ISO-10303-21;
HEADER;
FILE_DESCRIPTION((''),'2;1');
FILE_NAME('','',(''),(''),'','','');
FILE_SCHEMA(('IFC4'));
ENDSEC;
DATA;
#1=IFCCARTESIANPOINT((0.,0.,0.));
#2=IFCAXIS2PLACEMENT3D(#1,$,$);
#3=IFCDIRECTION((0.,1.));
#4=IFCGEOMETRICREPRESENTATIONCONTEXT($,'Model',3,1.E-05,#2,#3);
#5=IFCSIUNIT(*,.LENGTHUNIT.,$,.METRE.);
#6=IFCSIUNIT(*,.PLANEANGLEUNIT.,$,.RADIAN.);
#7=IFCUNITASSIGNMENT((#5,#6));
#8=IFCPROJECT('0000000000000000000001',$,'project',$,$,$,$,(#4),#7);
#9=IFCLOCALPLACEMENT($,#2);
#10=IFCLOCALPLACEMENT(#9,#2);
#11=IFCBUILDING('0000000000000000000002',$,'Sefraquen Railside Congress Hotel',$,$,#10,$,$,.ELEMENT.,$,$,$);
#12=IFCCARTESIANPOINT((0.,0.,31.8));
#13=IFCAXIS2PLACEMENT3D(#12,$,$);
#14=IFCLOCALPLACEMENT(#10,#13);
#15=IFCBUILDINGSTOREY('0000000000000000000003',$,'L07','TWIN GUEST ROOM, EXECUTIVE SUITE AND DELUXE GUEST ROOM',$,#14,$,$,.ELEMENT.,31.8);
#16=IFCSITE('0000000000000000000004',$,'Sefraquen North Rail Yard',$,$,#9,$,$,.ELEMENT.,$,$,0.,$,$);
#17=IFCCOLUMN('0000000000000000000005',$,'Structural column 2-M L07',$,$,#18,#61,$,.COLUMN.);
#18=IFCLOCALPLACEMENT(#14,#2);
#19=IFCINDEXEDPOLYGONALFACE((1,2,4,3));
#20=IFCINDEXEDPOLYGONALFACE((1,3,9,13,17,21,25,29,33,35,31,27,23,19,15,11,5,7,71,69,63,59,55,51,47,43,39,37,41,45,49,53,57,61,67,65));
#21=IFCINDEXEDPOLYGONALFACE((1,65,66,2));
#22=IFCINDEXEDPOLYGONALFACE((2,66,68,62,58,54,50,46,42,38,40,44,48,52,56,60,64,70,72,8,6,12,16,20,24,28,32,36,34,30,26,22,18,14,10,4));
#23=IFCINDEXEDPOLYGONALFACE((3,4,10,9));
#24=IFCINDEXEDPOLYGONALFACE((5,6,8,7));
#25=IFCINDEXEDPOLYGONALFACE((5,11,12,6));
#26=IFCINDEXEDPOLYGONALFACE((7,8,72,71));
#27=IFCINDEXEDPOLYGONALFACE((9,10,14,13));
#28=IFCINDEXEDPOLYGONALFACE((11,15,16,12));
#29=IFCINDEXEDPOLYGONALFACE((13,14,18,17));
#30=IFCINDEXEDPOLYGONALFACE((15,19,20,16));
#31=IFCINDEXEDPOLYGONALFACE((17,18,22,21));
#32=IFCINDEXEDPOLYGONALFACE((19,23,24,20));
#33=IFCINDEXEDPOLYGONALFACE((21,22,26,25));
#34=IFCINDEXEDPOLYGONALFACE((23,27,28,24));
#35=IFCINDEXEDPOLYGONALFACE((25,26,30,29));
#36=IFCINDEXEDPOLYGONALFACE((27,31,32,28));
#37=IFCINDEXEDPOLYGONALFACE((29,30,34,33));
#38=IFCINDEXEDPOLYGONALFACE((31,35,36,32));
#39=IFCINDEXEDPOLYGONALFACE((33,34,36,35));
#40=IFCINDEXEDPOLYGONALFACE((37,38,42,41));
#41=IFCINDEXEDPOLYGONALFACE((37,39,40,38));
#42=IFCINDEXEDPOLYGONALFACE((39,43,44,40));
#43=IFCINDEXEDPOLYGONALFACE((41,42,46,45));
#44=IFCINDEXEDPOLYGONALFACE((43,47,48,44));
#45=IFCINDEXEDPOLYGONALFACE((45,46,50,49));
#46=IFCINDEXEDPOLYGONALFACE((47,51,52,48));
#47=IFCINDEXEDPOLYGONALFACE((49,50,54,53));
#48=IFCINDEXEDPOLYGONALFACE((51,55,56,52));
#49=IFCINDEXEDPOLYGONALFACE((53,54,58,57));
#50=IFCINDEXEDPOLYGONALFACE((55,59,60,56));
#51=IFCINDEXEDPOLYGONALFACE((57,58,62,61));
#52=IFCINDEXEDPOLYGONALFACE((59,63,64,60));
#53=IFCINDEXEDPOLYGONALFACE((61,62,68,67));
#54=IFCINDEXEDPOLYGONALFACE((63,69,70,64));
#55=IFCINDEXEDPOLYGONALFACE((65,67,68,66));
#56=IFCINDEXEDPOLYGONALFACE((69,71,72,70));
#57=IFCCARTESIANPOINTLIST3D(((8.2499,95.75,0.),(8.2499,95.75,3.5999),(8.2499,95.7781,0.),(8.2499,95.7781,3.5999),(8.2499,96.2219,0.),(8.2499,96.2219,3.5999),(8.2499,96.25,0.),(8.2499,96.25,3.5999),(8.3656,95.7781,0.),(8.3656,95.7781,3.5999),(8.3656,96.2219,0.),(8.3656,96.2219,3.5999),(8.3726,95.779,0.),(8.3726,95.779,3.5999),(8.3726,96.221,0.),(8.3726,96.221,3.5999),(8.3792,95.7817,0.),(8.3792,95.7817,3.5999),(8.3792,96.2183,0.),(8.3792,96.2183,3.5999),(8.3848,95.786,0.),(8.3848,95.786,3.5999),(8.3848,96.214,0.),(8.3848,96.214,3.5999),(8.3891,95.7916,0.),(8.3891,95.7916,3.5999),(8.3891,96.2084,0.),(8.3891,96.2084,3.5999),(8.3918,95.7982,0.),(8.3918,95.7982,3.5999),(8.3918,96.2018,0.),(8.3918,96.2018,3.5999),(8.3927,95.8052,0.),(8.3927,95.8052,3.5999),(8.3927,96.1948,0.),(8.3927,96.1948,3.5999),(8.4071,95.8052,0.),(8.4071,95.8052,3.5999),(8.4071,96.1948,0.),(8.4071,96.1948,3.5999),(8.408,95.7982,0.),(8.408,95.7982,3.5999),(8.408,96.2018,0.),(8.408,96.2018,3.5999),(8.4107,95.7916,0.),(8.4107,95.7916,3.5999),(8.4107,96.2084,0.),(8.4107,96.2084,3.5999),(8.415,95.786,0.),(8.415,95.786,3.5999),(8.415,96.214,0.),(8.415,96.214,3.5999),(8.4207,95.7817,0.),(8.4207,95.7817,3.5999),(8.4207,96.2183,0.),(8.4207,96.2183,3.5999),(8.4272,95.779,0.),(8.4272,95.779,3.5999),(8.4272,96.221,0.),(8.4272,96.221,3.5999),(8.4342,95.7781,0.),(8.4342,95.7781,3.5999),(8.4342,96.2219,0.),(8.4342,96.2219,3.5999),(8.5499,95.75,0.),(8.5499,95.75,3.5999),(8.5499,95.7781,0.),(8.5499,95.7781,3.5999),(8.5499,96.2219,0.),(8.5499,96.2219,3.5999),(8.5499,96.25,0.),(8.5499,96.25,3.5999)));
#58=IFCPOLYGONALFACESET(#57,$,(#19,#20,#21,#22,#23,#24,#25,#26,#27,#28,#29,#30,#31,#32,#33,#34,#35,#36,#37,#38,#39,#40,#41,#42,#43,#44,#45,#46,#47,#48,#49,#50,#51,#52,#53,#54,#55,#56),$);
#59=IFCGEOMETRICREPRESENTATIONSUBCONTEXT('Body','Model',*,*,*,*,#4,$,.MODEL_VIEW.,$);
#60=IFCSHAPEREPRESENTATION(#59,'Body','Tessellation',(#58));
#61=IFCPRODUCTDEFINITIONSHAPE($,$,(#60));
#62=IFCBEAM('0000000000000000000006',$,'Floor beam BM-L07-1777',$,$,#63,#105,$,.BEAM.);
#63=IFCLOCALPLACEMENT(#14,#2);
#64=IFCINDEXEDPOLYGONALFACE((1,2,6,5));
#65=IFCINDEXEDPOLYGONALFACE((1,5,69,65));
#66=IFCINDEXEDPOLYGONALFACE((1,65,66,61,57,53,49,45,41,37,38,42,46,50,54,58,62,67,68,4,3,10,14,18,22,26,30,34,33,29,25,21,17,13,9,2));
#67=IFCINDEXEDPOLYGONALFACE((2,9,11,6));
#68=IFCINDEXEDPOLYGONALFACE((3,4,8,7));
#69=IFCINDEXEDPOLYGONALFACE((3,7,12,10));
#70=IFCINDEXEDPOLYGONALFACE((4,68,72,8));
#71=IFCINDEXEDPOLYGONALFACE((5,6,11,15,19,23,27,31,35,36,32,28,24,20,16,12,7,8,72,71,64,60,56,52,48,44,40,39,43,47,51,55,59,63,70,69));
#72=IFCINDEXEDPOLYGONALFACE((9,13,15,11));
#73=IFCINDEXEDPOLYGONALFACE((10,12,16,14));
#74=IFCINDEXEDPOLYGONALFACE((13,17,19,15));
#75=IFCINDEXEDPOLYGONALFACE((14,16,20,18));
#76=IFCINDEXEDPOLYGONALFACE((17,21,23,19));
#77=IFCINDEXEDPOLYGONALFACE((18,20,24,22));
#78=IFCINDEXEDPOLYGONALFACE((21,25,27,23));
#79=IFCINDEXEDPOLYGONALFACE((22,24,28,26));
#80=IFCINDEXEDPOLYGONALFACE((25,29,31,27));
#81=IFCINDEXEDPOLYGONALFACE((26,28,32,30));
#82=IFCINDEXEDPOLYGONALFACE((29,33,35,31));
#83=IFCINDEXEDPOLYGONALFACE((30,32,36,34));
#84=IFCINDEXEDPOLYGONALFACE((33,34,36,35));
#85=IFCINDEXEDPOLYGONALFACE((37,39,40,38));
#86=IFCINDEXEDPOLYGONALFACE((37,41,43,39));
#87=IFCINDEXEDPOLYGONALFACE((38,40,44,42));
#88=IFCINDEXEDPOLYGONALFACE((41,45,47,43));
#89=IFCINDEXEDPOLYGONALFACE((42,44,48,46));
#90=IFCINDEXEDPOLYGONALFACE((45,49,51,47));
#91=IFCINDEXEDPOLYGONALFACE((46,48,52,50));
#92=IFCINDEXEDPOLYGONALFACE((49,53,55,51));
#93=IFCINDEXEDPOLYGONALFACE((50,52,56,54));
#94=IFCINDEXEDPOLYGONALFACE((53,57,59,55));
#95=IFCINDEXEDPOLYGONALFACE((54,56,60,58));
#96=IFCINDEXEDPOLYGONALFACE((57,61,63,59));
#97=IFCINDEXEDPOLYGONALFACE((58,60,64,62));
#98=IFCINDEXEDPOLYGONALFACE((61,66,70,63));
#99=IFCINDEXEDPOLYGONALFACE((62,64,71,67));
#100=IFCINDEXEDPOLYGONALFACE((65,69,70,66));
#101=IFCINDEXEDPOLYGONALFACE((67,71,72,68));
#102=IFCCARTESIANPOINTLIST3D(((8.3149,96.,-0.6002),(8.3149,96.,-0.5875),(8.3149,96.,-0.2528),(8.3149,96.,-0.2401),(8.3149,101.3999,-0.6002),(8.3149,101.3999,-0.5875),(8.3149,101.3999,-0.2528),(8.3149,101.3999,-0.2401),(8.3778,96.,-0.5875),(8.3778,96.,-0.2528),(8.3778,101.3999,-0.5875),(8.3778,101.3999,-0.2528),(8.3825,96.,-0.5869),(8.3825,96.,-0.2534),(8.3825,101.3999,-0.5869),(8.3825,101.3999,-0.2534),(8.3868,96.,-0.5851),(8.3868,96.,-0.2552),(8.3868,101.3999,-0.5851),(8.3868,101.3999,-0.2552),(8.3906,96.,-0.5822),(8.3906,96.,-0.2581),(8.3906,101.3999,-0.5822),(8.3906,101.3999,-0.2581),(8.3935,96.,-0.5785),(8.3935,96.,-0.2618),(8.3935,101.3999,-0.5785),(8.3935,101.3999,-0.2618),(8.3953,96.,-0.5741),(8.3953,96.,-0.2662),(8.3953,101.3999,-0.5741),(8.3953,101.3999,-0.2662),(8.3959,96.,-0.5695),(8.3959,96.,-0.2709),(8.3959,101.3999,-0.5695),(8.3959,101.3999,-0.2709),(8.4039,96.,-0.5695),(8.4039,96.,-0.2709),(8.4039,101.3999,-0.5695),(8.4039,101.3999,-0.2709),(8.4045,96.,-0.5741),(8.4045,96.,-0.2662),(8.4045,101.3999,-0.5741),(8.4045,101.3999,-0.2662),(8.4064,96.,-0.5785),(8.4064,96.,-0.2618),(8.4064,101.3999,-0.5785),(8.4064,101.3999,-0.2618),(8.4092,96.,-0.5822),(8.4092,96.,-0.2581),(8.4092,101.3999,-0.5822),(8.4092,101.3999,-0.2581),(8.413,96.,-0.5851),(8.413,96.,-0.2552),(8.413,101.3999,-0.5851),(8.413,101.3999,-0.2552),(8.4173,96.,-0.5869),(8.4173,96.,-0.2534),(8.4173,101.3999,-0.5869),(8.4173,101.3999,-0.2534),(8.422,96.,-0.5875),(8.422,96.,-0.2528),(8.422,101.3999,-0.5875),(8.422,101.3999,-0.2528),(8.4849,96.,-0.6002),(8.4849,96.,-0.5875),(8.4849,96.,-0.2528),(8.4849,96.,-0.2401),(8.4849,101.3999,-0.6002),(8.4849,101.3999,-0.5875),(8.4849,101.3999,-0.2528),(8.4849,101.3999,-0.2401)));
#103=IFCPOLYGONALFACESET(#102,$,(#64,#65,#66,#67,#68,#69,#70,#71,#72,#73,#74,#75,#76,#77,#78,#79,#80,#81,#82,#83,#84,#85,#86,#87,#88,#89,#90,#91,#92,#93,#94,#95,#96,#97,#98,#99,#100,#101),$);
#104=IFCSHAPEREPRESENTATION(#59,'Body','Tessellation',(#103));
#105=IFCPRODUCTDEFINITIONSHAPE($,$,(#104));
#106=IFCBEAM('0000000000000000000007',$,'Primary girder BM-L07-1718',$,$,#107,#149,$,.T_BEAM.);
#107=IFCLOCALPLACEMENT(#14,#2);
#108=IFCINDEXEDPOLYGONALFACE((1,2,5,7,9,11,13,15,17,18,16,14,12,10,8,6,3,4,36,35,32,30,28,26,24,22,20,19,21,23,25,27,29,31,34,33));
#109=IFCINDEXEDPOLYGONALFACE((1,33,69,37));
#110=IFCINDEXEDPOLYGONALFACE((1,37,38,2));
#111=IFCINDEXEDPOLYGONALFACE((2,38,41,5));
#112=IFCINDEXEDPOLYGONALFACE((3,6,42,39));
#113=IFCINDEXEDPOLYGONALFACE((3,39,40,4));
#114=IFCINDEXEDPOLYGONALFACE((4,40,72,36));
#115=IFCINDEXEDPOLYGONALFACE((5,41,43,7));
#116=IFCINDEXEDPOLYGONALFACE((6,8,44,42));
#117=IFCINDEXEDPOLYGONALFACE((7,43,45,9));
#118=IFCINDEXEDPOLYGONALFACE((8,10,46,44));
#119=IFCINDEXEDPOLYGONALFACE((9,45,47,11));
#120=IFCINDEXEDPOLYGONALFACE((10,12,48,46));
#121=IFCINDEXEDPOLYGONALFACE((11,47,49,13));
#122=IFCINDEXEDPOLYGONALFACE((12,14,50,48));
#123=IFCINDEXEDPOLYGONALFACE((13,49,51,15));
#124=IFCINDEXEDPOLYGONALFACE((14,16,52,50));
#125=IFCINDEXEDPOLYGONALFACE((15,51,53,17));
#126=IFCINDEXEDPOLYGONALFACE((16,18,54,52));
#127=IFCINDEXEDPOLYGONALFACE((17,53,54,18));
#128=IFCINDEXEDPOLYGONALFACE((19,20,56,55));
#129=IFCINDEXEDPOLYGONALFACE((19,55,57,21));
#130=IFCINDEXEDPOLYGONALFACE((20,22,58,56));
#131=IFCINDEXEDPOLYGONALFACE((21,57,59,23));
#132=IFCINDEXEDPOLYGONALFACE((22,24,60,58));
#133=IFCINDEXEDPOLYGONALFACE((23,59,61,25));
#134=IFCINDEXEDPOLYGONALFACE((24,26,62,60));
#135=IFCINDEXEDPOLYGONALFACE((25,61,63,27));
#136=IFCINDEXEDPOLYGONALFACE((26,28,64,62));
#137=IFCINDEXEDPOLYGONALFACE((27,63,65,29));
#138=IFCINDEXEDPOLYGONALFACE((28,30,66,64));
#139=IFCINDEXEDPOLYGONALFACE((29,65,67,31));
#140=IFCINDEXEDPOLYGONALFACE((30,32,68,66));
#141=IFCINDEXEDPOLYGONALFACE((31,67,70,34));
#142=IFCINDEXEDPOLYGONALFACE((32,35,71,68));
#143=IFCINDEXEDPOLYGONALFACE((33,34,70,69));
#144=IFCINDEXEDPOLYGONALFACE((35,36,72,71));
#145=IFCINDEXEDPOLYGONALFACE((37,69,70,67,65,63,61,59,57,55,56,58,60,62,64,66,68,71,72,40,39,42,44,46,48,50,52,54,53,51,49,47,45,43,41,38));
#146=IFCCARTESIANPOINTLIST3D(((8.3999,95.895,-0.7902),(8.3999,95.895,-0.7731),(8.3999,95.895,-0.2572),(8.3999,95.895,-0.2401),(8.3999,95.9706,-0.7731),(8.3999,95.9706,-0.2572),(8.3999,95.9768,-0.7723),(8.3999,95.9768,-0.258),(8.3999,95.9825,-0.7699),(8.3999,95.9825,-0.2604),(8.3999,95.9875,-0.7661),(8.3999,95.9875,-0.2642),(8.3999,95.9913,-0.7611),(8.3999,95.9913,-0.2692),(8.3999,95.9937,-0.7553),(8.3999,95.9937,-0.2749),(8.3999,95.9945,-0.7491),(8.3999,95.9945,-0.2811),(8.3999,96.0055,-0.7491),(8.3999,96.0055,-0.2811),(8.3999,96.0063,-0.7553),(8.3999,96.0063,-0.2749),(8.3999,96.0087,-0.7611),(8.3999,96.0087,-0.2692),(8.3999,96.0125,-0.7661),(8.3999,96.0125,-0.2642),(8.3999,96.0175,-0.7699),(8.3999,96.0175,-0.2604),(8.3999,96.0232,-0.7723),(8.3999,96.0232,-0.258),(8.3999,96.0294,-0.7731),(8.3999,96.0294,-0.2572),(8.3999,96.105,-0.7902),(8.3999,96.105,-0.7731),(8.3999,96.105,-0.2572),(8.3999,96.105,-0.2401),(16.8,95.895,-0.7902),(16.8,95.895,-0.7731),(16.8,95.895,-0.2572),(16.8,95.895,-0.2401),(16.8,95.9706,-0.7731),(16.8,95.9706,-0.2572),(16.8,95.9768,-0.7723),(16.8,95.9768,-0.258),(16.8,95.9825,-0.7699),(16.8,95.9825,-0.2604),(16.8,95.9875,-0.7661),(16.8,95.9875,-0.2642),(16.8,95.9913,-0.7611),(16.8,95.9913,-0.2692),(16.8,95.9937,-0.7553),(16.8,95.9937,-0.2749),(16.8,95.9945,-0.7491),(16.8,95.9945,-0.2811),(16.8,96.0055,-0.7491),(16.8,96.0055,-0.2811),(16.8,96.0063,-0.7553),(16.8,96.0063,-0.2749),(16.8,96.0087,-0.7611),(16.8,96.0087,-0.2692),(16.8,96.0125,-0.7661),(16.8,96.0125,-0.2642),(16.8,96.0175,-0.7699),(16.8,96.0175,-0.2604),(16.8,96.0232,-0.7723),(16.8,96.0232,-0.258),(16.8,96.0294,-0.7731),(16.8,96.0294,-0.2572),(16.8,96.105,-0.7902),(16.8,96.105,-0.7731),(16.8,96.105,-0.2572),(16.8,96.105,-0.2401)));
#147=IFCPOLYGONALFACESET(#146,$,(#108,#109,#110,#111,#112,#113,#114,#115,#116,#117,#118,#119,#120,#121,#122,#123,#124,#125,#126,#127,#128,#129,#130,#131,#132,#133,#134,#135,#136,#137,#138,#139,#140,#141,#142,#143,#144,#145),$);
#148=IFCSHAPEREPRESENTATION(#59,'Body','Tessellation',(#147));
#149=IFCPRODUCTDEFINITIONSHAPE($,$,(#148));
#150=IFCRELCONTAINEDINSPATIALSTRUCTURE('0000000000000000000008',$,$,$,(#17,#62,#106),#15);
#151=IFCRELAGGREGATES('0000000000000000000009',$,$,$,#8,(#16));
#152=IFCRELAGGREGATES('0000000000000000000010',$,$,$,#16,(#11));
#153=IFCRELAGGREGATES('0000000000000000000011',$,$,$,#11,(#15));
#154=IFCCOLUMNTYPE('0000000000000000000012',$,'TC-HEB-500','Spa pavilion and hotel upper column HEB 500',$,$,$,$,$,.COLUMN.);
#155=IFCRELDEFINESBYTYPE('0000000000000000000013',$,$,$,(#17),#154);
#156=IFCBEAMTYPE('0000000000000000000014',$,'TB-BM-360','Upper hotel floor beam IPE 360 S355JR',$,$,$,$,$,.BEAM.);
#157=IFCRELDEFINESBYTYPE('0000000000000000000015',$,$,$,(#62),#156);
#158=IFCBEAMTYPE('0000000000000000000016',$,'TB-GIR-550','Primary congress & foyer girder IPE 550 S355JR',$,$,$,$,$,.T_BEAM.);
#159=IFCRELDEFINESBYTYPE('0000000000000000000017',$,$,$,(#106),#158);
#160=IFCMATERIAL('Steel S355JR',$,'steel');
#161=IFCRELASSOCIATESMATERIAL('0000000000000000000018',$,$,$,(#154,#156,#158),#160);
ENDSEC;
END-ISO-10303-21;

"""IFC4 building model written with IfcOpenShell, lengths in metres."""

from ifc_helpers import new_model, si_unit, direction, frame, origin, origin_2d, place, context, subcontext, project, spatial, i_section, extrude, material, material_profile, profile_set, type_object, element, save


model = new_model("IFC4")

# Units and contexts
model_context = context("Model", 3, precision=1e-05, world=origin(), true_north=direction((0.0, 1.0)))
body_context = subcontext(model_context, "Body", "Model", "MODEL_VIEW")
ifc_project = project(units=[si_unit("LENGTHUNIT", "METRE"), si_unit("PLANEANGLEUNIT", "RADIAN")], contexts=[model_context])

# Site, building, storey
site_placement = place(None, origin())
site = spatial("IfcSite", under=ifc_project, at=site_placement, Name="Sefraquen North Rail Yard", CompositionType="ELEMENT", RefElevation=0.0)
building_placement = place(site_placement, origin())
building = spatial("IfcBuilding", under=site, at=building_placement, Name="Sefraquen Railside Congress Hotel", CompositionType="ELEMENT")
storey_placement = place(building_placement, frame((0.0, 0.0, 31.8)))
storey = spatial("IfcBuildingStorey", under=building, at=storey_placement, Name="L07", Description="TWIN GUEST ROOM, EXECUTIVE SUITE AND DELUXE GUEST ROOM", CompositionType="ELEMENT", Elevation=31.8)

# Column
ifc_material_1 = material(Name="Steel S355JR", Category="steel")
ifc_material_profile_1 = material_profile(ifc_material_1, i_section(OverallWidth=0.3, OverallDepth=0.5, WebThickness=0.0144, FlangeThickness=0.0281, FilletRadius=0.0271, at=origin_2d()), Name="HEB 500")
ifc_profile_set_1 = profile_set([ifc_material_profile_1], Name="Steel S355JR")
column_type = type_object("IfcColumnType", Name="TC-HEB-500", Description="Spa pavilion and hotel upper column HEB 500", PredefinedType="COLUMN", material=ifc_profile_set_1)
column_placement = place(storey_placement, frame((8.3999, 96.0, 0.0), z_axis=(0.0, 0.0, 1.0), x_axis=(1.0, 0.0, 0.0)))
element("IfcColumn", 1, at=column_placement, inside=storey, type_object=column_type, Name="Structural column 2-M L07", PredefinedType="COLUMN", context=body_context, shape_type="SweptSolid", body=[
    extrude(i_section(OverallWidth=0.3, OverallDepth=0.5, WebThickness=0.0144, FlangeThickness=0.0281, FilletRadius=0.0271, at=origin_2d()), origin(), (0.0, 0.0, 1.0), 3.5999),
])

# Beams
ifc_material_profile_2 = material_profile(ifc_material_1, i_section(OverallWidth=0.1699, OverallDepth=0.3601, WebThickness=0.0081, FlangeThickness=0.0127, FilletRadius=0.0181, at=origin_2d()), Name="IPE 360")
ifc_profile_set_2 = profile_set([ifc_material_profile_2], Name="Steel S355JR")
beam_type_1 = type_object("IfcBeamType", Name="TB-BM-360", Description="Upper hotel floor beam IPE 360 S355JR", PredefinedType="BEAM", material=ifc_profile_set_2)
beam_1_placement = place(storey_placement, frame((8.3999, 96.0, -0.4202), z_axis=(0.0, 1.0, 0.0), x_axis=(-1.0, 0.0, 0.0)))
element("IfcBeam", 2, at=beam_1_placement, inside=storey, type_object=beam_type_1, Name="Floor beam BM-L07-1777", PredefinedType="BEAM", context=body_context, shape_type="SweptSolid", body=[
    extrude(i_section(OverallWidth=0.1699, OverallDepth=0.3601, WebThickness=0.0081, FlangeThickness=0.0127, FilletRadius=0.0181, at=origin_2d()), origin(), (0.0, 0.0, 1.0), 5.3999),
])
ifc_material_profile_3 = material_profile(ifc_material_1, i_section(OverallWidth=0.21, OverallDepth=0.55, WebThickness=0.011, FlangeThickness=0.0171, FilletRadius=0.0239, at=origin_2d()), Name="IPE 550")
ifc_profile_set_3 = profile_set([ifc_material_profile_3], Name="Steel S355JR")
beam_type_2 = type_object("IfcBeamType", Name="TB-GIR-550", Description="Primary congress & foyer girder IPE 550 S355JR", PredefinedType="T_BEAM", material=ifc_profile_set_3)
beam_2_placement = place(storey_placement, frame((8.3999, 96.0, -0.5151), z_axis=(1.0, 0.0, 0.0), x_axis=(0.0, 1.0, 0.0)))
element("IfcBeam", 3, at=beam_2_placement, inside=storey, type_object=beam_type_2, Name="Primary girder BM-L07-1718", PredefinedType="T_BEAM", context=body_context, shape_type="SweptSolid", body=[
    extrude(i_section(OverallWidth=0.21, OverallDepth=0.55, WebThickness=0.011, FlangeThickness=0.0171, FilletRadius=0.0239, at=origin_2d()), origin(), (0.0, 0.0, 1.0), 8.4001),
])

save(model, "model.ifc")
